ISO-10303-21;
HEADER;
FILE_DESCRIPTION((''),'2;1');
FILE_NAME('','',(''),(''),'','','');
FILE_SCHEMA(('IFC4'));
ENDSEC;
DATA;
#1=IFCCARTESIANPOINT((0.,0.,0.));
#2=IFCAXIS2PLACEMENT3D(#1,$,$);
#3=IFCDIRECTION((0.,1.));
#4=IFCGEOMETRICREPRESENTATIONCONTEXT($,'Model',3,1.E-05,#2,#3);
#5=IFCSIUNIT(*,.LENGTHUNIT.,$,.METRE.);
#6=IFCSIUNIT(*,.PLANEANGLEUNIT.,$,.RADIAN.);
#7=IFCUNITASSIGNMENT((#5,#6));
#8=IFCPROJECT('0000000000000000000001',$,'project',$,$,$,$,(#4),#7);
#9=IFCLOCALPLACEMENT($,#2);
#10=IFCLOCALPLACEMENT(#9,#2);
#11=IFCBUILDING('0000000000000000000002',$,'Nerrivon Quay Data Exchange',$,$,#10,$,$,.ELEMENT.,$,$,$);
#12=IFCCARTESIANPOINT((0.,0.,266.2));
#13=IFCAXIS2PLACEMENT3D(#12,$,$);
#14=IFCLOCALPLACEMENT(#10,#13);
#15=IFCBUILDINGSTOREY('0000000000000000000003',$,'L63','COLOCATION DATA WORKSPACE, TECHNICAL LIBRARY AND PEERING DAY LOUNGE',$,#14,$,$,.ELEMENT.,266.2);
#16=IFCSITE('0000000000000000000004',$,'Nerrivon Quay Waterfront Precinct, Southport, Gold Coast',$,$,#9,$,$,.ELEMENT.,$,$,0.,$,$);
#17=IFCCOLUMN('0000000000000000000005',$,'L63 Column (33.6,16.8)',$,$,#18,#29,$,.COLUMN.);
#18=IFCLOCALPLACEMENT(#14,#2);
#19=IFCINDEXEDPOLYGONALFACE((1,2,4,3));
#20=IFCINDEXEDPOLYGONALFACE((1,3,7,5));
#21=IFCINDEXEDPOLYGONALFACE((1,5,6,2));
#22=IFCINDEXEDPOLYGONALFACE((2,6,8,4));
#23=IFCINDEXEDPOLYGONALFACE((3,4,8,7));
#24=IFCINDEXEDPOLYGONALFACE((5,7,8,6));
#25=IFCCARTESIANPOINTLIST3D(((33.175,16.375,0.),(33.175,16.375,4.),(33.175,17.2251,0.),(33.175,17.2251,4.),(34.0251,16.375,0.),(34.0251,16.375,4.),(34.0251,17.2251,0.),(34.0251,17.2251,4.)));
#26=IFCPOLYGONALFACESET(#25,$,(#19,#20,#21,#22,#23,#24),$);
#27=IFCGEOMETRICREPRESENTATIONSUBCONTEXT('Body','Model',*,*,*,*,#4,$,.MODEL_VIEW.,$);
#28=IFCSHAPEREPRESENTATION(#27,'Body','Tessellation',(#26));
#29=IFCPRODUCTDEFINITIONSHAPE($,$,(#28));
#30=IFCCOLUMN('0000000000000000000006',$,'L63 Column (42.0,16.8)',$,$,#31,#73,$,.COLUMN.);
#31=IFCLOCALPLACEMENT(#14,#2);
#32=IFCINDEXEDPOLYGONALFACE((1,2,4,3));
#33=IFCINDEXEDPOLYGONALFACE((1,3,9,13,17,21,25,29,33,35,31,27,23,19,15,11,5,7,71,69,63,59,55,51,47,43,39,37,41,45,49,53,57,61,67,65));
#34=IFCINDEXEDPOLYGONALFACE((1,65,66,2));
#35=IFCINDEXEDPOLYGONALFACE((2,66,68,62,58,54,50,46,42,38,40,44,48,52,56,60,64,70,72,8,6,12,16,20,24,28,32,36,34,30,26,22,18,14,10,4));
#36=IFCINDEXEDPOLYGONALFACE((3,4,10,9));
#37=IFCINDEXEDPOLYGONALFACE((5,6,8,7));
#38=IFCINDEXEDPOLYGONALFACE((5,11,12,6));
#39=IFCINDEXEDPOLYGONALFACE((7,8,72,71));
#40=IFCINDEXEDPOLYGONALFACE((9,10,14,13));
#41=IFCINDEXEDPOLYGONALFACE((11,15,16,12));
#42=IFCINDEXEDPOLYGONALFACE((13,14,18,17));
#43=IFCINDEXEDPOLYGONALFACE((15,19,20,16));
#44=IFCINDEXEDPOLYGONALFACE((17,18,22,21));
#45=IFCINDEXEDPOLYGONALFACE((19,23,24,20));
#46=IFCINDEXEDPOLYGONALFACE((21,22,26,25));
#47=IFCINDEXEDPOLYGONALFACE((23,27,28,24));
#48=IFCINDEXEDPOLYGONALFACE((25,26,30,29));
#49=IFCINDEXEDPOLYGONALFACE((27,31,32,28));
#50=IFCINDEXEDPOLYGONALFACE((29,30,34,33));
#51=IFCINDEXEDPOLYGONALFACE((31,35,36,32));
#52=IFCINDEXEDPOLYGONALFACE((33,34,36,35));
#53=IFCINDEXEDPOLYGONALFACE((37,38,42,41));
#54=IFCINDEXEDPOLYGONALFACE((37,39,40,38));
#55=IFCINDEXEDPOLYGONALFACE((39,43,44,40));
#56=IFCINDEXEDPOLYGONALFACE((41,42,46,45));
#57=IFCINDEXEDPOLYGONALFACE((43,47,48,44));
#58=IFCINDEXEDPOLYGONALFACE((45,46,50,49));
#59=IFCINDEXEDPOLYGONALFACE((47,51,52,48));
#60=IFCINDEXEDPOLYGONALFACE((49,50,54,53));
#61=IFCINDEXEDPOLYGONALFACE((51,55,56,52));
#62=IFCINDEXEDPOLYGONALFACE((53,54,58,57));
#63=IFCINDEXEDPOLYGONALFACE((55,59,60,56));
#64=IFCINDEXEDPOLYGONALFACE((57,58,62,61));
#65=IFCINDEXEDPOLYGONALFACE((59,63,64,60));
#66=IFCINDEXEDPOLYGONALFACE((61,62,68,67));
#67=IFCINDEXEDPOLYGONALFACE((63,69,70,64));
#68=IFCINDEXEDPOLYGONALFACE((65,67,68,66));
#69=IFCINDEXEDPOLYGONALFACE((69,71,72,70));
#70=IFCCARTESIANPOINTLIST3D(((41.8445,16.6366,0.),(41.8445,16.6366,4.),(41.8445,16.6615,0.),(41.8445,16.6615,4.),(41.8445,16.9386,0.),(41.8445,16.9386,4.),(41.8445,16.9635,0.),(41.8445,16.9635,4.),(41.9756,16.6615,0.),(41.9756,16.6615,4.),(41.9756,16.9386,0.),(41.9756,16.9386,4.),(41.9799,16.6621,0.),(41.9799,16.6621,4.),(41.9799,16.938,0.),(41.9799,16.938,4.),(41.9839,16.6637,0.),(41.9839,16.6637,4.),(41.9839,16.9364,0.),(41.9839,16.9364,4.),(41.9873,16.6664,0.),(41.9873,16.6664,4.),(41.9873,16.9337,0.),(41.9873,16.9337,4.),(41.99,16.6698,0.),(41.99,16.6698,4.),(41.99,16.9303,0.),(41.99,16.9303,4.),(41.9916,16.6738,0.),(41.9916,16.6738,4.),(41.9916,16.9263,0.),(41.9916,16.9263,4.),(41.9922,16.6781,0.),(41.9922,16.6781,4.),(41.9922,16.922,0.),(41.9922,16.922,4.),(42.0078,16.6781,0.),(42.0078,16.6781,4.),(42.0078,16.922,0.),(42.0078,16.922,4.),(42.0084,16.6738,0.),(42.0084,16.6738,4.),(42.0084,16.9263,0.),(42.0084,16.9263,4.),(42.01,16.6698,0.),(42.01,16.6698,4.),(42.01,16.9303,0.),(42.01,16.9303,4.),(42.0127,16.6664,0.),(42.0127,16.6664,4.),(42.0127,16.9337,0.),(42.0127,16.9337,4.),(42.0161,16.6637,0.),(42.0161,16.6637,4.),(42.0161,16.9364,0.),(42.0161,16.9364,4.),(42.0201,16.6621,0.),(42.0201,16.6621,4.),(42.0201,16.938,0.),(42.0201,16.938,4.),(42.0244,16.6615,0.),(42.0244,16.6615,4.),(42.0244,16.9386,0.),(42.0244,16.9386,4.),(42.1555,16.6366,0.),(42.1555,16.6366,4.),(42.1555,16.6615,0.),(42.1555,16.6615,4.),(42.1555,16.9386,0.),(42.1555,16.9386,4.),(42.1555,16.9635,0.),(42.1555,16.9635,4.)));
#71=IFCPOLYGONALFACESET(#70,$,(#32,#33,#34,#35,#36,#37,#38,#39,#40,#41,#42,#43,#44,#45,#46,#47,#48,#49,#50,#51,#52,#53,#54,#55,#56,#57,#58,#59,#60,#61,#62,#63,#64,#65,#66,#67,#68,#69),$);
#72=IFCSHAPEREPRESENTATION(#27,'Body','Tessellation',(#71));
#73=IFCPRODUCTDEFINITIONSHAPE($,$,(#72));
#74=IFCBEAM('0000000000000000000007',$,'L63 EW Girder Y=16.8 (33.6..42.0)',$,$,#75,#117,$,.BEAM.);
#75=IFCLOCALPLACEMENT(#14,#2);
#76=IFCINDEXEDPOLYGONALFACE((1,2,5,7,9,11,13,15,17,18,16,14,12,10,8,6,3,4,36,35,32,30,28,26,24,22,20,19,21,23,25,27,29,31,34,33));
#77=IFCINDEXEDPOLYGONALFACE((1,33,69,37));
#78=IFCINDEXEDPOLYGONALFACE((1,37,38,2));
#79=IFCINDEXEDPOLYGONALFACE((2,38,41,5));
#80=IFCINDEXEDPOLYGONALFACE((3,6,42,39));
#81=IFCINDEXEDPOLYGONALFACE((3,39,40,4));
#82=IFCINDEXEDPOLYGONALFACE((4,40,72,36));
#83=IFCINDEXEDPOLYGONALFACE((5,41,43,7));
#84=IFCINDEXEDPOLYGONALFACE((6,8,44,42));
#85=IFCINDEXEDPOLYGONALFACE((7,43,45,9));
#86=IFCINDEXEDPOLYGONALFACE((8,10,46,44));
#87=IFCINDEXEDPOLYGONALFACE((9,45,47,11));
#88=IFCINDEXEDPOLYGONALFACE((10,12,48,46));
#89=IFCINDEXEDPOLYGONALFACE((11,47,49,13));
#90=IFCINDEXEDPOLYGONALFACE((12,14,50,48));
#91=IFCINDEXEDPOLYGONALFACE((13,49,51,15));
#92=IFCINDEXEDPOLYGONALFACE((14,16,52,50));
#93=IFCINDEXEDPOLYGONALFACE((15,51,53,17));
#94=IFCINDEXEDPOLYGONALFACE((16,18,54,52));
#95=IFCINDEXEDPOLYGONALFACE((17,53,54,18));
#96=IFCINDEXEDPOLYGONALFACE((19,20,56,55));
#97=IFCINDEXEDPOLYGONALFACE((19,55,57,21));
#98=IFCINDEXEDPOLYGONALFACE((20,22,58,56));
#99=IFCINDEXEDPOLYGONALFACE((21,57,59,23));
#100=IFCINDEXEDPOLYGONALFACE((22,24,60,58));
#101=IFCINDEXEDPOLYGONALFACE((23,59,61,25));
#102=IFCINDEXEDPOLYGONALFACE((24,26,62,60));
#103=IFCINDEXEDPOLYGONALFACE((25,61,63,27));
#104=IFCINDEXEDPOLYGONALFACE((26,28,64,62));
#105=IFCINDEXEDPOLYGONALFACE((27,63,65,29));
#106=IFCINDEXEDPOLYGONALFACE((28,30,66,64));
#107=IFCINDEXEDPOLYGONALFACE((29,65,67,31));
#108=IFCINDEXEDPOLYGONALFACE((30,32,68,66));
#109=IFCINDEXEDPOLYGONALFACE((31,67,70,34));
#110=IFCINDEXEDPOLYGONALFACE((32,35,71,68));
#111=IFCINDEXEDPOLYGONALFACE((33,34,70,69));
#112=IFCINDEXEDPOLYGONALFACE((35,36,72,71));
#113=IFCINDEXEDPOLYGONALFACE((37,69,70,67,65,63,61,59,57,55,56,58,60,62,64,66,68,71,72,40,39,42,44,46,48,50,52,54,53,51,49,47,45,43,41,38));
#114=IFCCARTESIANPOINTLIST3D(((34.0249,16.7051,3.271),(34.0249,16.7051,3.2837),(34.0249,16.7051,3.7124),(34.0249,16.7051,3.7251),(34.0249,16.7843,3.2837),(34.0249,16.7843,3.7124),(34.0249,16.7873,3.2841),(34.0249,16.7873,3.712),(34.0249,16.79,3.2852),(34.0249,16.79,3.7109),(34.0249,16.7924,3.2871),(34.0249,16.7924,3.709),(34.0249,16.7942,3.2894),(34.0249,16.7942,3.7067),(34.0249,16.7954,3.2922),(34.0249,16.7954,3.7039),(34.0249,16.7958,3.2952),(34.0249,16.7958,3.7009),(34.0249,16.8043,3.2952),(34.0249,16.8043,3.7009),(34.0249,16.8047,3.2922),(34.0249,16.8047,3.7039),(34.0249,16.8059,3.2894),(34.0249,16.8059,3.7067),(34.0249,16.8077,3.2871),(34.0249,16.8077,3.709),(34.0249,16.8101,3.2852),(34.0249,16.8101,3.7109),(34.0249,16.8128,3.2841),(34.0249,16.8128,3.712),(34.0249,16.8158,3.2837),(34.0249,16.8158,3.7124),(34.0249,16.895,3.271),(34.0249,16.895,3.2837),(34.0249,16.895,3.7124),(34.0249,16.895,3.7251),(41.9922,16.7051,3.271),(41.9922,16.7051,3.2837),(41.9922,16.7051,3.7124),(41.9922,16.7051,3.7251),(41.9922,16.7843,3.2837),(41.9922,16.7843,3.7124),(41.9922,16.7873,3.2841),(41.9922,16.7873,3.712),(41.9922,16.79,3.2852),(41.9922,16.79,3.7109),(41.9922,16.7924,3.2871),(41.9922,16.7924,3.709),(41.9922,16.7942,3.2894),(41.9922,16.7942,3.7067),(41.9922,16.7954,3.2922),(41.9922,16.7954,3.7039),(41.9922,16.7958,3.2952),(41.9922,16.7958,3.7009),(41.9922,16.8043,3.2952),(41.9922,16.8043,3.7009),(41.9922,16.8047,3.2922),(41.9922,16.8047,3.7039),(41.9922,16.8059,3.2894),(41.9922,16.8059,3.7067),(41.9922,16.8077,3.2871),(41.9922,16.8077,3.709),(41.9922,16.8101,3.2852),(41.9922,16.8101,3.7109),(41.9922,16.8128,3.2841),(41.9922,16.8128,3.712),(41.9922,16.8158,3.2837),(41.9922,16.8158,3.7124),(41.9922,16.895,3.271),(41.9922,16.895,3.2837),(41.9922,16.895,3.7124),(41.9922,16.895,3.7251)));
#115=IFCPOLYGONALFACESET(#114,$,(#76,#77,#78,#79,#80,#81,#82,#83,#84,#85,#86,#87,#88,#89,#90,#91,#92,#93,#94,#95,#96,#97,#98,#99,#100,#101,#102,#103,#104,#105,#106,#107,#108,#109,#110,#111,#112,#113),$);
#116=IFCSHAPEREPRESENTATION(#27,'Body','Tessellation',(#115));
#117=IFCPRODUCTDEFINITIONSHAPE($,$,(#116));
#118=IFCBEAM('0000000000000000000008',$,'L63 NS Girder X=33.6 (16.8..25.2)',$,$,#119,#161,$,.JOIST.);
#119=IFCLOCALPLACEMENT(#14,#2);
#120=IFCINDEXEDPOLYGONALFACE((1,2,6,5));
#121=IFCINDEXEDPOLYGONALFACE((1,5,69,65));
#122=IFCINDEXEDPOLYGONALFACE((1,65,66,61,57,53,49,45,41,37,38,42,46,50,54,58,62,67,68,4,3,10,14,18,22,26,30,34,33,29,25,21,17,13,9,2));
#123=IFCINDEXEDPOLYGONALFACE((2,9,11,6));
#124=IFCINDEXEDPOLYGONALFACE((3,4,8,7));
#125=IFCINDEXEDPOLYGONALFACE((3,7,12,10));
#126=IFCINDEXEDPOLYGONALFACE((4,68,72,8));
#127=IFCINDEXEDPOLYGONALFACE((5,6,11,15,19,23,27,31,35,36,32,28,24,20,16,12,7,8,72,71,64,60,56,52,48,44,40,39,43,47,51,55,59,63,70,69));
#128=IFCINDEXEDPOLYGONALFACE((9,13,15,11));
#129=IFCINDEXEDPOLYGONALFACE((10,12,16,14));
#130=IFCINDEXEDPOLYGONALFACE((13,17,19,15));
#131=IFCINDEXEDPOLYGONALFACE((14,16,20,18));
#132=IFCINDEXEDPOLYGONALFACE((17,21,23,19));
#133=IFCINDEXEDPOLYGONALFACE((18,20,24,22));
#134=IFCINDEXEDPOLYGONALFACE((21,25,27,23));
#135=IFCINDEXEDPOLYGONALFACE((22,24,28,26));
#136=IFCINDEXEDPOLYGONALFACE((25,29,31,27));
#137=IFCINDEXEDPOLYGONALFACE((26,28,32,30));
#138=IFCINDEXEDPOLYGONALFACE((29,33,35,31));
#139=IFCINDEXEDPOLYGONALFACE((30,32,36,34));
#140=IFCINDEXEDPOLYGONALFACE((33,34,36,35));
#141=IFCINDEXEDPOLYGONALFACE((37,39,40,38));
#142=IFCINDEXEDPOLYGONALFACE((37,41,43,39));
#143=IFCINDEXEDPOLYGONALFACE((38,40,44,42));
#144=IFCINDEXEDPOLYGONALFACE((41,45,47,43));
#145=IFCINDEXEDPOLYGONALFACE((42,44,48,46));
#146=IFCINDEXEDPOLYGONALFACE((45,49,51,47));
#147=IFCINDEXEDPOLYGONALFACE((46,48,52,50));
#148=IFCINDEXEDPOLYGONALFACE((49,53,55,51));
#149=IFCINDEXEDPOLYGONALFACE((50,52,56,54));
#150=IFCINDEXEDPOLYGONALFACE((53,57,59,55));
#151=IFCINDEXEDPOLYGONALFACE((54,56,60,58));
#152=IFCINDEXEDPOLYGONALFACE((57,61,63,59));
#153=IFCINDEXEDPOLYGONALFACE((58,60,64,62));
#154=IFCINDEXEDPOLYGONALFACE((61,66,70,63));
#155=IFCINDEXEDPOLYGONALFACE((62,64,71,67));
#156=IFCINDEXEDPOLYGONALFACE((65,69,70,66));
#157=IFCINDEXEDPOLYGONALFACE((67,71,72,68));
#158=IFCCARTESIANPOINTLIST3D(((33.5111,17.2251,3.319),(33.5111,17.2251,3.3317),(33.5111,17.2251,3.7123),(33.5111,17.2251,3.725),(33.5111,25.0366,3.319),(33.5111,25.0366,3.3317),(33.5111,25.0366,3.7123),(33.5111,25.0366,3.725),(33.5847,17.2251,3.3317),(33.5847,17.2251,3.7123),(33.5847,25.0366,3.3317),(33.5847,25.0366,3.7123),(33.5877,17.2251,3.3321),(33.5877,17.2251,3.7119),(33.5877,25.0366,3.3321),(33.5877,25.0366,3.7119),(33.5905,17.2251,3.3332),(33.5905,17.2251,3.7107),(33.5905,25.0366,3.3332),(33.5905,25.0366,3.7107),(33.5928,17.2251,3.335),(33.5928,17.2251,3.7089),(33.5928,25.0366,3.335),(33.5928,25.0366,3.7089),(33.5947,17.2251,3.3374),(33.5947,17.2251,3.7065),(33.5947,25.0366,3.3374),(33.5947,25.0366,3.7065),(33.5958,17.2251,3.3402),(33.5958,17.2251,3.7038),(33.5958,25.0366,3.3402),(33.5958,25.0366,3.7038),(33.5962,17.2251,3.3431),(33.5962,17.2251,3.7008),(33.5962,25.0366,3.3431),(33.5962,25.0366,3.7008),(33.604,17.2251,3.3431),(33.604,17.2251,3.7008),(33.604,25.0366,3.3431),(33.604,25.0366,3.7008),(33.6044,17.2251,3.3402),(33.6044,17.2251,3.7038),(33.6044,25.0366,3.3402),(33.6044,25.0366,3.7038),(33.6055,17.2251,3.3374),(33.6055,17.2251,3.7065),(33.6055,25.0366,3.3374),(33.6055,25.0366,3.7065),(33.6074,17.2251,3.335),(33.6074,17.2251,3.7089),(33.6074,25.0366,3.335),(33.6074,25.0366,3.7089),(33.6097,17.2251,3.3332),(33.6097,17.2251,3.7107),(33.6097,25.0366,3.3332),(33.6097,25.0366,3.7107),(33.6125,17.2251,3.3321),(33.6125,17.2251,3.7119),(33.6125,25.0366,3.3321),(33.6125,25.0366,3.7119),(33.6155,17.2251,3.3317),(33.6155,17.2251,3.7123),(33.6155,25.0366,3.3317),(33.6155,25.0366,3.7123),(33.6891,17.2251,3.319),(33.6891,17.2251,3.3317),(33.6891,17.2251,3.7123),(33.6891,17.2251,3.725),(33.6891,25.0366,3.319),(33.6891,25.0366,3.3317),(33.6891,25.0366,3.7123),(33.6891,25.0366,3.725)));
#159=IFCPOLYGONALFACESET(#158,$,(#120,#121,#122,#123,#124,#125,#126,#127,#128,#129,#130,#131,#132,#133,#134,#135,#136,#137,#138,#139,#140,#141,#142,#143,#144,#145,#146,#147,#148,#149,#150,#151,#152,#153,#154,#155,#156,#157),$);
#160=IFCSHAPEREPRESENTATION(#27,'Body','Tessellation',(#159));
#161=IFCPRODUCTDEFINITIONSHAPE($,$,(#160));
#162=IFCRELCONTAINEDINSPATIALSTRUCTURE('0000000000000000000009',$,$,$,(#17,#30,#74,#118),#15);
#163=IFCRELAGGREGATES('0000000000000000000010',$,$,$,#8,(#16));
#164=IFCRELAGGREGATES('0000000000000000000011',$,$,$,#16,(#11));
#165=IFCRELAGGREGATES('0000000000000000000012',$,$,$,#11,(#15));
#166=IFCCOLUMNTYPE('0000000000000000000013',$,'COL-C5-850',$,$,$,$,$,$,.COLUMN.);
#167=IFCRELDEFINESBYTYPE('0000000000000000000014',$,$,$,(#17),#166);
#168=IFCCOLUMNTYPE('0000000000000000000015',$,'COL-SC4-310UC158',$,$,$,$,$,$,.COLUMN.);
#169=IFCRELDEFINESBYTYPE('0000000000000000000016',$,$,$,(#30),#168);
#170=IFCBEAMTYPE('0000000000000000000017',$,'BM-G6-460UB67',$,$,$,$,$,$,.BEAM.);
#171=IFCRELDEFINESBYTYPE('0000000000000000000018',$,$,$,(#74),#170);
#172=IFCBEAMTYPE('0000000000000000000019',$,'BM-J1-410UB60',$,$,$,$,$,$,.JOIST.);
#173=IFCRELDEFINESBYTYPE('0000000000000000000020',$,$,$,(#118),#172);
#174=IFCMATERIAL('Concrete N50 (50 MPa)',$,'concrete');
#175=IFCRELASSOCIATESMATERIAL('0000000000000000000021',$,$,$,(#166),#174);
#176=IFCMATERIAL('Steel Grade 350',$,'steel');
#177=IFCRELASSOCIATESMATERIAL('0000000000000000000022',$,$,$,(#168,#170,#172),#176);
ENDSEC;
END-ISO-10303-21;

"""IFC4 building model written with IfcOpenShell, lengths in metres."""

from ifc_helpers import new_model, si_unit, direction, frame, origin, origin_2d, place, context, subcontext, project, spatial, rectangle, i_section, extrude, material, material_profile, profile_set, type_object, element, save


model = new_model("IFC4")

# Units and contexts
model_context = context("Model", 3, precision=1e-05, world=origin(), true_north=direction((0.0, 1.0)))
body_context = subcontext(model_context, "Body", "Model", "MODEL_VIEW")
ifc_project = project(units=[si_unit("LENGTHUNIT", "METRE"), si_unit("PLANEANGLEUNIT", "RADIAN")], contexts=[model_context])

# Site, building, storey
site_placement = place(None, origin())
site = spatial("IfcSite", under=ifc_project, at=site_placement, Name="Nerrivon Quay Waterfront Precinct, Southport, Gold Coast", CompositionType="ELEMENT", RefElevation=0.0)
building_placement = place(site_placement, origin())
building = spatial("IfcBuilding", under=site, at=building_placement, Name="Nerrivon Quay Data Exchange", CompositionType="ELEMENT")
storey_placement = place(building_placement, frame((0.0, 0.0, 266.2)))
storey = spatial("IfcBuildingStorey", under=building, at=storey_placement, Name="L63", Description="COLOCATION DATA WORKSPACE, TECHNICAL LIBRARY AND PEERING DAY LOUNGE", CompositionType="ELEMENT", Elevation=266.2)

# Columns
ifc_material_1 = material(Name="Concrete N50 (50 MPa)", Category="concrete")
ifc_material_profile_1 = material_profile(ifc_material_1, rectangle(XDim=0.8501, YDim=0.8501, at=origin_2d()), Name="RC-COL-850x850")
ifc_profile_set_1 = profile_set([ifc_material_profile_1], Name="Concrete N50 (50 MPa)")
column_type_1 = type_object("IfcColumnType", Name="COL-C5-850", PredefinedType="COLUMN", material=ifc_profile_set_1)
column_1_placement = place(storey_placement, frame((33.6001, 16.8, 0.0), z_axis=(0.0, 0.0, 1.0), x_axis=(1.0, 0.0, 0.0)))
element("IfcColumn", 1, at=column_1_placement, inside=storey, type_object=column_type_1, Name="L63 Column (33.6,16.8)", PredefinedType="COLUMN", context=body_context, shape_type="SweptSolid", body=[
    extrude(rectangle(XDim=0.8501, YDim=0.8501, at=origin_2d()), origin(), (0.0, 0.0, 1.0), 4.0),
])
ifc_material_2 = material(Name="Steel Grade 350", Category="steel")
ifc_material_profile_2 = material_profile(ifc_material_2, i_section(OverallWidth=0.311, OverallDepth=0.3269, WebThickness=0.0156, FlangeThickness=0.0249, FilletRadius=0.0166, at=origin_2d()), Name="310UC158")
ifc_profile_set_2 = profile_set([ifc_material_profile_2], Name="Steel Grade 350")
column_type_2 = type_object("IfcColumnType", Name="COL-SC4-310UC158", PredefinedType="COLUMN", material=ifc_profile_set_2)
column_2_placement = place(storey_placement, frame((42.0, 16.8, 0.0), z_axis=(0.0, 0.0, 1.0), x_axis=(1.0, 0.0, 0.0)))
element("IfcColumn", 2, at=column_2_placement, inside=storey, type_object=column_type_2, Name="L63 Column (42.0,16.8)", PredefinedType="COLUMN", context=body_context, shape_type="SweptSolid", body=[
    extrude(i_section(OverallWidth=0.311, OverallDepth=0.3269, WebThickness=0.0156, FlangeThickness=0.0249, FilletRadius=0.0166, at=origin_2d()), origin(), (0.0, 0.0, 1.0), 4.0),
])

# Beams
ifc_material_profile_3 = material_profile(ifc_material_2, i_section(OverallWidth=0.1899, OverallDepth=0.4541, WebThickness=0.0085, FlangeThickness=0.0127, FilletRadius=0.0115, at=origin_2d()), Name="460UB67.1")
ifc_profile_set_3 = profile_set([ifc_material_profile_3], Name="Steel Grade 350")
beam_type_1 = type_object("IfcBeamType", Name="BM-G6-460UB67", PredefinedType="BEAM", material=ifc_profile_set_3)
beam_1_placement = place(storey_placement, frame((34.0249, 16.8, 3.498), z_axis=(1.0, 0.0, 0.0), x_axis=(0.0, 1.0, 0.0)))
element("IfcBeam", 3, at=beam_1_placement, inside=storey, type_object=beam_type_1, Name="L63 EW Girder Y=16.8 (33.6..42.0)", PredefinedType="BEAM", context=body_context, shape_type="SweptSolid", body=[
    extrude(i_section(OverallWidth=0.1899, OverallDepth=0.4541, WebThickness=0.0085, FlangeThickness=0.0127, FilletRadius=0.0115, at=origin_2d()), origin(), (0.0, 0.0, 1.0), 7.9673),
])
ifc_material_profile_4 = material_profile(ifc_material_2, i_section(OverallWidth=0.178, OverallDepth=0.406, WebThickness=0.0078, FlangeThickness=0.0127, FilletRadius=0.0115, at=origin_2d()), Name="410UB59.7")
ifc_profile_set_4 = profile_set([ifc_material_profile_4], Name="Steel Grade 350")
beam_type_2 = type_object("IfcBeamType", Name="BM-J1-410UB60", PredefinedType="JOIST", material=ifc_profile_set_4)
beam_2_placement = place(storey_placement, frame((33.6001, 17.2251, 3.522), z_axis=(0.0, 1.0, 0.0), x_axis=(-1.0, 0.0, 0.0)))
element("IfcBeam", 4, at=beam_2_placement, inside=storey, type_object=beam_type_2, Name="L63 NS Girder X=33.6 (16.8..25.2)", PredefinedType="JOIST", context=body_context, shape_type="SweptSolid", body=[
    extrude(i_section(OverallWidth=0.178, OverallDepth=0.406, WebThickness=0.0078, FlangeThickness=0.0127, FilletRadius=0.0115, at=origin_2d()), origin(), (0.0, 0.0, 1.0), 7.8115),
])

save(model, "model.ifc")
